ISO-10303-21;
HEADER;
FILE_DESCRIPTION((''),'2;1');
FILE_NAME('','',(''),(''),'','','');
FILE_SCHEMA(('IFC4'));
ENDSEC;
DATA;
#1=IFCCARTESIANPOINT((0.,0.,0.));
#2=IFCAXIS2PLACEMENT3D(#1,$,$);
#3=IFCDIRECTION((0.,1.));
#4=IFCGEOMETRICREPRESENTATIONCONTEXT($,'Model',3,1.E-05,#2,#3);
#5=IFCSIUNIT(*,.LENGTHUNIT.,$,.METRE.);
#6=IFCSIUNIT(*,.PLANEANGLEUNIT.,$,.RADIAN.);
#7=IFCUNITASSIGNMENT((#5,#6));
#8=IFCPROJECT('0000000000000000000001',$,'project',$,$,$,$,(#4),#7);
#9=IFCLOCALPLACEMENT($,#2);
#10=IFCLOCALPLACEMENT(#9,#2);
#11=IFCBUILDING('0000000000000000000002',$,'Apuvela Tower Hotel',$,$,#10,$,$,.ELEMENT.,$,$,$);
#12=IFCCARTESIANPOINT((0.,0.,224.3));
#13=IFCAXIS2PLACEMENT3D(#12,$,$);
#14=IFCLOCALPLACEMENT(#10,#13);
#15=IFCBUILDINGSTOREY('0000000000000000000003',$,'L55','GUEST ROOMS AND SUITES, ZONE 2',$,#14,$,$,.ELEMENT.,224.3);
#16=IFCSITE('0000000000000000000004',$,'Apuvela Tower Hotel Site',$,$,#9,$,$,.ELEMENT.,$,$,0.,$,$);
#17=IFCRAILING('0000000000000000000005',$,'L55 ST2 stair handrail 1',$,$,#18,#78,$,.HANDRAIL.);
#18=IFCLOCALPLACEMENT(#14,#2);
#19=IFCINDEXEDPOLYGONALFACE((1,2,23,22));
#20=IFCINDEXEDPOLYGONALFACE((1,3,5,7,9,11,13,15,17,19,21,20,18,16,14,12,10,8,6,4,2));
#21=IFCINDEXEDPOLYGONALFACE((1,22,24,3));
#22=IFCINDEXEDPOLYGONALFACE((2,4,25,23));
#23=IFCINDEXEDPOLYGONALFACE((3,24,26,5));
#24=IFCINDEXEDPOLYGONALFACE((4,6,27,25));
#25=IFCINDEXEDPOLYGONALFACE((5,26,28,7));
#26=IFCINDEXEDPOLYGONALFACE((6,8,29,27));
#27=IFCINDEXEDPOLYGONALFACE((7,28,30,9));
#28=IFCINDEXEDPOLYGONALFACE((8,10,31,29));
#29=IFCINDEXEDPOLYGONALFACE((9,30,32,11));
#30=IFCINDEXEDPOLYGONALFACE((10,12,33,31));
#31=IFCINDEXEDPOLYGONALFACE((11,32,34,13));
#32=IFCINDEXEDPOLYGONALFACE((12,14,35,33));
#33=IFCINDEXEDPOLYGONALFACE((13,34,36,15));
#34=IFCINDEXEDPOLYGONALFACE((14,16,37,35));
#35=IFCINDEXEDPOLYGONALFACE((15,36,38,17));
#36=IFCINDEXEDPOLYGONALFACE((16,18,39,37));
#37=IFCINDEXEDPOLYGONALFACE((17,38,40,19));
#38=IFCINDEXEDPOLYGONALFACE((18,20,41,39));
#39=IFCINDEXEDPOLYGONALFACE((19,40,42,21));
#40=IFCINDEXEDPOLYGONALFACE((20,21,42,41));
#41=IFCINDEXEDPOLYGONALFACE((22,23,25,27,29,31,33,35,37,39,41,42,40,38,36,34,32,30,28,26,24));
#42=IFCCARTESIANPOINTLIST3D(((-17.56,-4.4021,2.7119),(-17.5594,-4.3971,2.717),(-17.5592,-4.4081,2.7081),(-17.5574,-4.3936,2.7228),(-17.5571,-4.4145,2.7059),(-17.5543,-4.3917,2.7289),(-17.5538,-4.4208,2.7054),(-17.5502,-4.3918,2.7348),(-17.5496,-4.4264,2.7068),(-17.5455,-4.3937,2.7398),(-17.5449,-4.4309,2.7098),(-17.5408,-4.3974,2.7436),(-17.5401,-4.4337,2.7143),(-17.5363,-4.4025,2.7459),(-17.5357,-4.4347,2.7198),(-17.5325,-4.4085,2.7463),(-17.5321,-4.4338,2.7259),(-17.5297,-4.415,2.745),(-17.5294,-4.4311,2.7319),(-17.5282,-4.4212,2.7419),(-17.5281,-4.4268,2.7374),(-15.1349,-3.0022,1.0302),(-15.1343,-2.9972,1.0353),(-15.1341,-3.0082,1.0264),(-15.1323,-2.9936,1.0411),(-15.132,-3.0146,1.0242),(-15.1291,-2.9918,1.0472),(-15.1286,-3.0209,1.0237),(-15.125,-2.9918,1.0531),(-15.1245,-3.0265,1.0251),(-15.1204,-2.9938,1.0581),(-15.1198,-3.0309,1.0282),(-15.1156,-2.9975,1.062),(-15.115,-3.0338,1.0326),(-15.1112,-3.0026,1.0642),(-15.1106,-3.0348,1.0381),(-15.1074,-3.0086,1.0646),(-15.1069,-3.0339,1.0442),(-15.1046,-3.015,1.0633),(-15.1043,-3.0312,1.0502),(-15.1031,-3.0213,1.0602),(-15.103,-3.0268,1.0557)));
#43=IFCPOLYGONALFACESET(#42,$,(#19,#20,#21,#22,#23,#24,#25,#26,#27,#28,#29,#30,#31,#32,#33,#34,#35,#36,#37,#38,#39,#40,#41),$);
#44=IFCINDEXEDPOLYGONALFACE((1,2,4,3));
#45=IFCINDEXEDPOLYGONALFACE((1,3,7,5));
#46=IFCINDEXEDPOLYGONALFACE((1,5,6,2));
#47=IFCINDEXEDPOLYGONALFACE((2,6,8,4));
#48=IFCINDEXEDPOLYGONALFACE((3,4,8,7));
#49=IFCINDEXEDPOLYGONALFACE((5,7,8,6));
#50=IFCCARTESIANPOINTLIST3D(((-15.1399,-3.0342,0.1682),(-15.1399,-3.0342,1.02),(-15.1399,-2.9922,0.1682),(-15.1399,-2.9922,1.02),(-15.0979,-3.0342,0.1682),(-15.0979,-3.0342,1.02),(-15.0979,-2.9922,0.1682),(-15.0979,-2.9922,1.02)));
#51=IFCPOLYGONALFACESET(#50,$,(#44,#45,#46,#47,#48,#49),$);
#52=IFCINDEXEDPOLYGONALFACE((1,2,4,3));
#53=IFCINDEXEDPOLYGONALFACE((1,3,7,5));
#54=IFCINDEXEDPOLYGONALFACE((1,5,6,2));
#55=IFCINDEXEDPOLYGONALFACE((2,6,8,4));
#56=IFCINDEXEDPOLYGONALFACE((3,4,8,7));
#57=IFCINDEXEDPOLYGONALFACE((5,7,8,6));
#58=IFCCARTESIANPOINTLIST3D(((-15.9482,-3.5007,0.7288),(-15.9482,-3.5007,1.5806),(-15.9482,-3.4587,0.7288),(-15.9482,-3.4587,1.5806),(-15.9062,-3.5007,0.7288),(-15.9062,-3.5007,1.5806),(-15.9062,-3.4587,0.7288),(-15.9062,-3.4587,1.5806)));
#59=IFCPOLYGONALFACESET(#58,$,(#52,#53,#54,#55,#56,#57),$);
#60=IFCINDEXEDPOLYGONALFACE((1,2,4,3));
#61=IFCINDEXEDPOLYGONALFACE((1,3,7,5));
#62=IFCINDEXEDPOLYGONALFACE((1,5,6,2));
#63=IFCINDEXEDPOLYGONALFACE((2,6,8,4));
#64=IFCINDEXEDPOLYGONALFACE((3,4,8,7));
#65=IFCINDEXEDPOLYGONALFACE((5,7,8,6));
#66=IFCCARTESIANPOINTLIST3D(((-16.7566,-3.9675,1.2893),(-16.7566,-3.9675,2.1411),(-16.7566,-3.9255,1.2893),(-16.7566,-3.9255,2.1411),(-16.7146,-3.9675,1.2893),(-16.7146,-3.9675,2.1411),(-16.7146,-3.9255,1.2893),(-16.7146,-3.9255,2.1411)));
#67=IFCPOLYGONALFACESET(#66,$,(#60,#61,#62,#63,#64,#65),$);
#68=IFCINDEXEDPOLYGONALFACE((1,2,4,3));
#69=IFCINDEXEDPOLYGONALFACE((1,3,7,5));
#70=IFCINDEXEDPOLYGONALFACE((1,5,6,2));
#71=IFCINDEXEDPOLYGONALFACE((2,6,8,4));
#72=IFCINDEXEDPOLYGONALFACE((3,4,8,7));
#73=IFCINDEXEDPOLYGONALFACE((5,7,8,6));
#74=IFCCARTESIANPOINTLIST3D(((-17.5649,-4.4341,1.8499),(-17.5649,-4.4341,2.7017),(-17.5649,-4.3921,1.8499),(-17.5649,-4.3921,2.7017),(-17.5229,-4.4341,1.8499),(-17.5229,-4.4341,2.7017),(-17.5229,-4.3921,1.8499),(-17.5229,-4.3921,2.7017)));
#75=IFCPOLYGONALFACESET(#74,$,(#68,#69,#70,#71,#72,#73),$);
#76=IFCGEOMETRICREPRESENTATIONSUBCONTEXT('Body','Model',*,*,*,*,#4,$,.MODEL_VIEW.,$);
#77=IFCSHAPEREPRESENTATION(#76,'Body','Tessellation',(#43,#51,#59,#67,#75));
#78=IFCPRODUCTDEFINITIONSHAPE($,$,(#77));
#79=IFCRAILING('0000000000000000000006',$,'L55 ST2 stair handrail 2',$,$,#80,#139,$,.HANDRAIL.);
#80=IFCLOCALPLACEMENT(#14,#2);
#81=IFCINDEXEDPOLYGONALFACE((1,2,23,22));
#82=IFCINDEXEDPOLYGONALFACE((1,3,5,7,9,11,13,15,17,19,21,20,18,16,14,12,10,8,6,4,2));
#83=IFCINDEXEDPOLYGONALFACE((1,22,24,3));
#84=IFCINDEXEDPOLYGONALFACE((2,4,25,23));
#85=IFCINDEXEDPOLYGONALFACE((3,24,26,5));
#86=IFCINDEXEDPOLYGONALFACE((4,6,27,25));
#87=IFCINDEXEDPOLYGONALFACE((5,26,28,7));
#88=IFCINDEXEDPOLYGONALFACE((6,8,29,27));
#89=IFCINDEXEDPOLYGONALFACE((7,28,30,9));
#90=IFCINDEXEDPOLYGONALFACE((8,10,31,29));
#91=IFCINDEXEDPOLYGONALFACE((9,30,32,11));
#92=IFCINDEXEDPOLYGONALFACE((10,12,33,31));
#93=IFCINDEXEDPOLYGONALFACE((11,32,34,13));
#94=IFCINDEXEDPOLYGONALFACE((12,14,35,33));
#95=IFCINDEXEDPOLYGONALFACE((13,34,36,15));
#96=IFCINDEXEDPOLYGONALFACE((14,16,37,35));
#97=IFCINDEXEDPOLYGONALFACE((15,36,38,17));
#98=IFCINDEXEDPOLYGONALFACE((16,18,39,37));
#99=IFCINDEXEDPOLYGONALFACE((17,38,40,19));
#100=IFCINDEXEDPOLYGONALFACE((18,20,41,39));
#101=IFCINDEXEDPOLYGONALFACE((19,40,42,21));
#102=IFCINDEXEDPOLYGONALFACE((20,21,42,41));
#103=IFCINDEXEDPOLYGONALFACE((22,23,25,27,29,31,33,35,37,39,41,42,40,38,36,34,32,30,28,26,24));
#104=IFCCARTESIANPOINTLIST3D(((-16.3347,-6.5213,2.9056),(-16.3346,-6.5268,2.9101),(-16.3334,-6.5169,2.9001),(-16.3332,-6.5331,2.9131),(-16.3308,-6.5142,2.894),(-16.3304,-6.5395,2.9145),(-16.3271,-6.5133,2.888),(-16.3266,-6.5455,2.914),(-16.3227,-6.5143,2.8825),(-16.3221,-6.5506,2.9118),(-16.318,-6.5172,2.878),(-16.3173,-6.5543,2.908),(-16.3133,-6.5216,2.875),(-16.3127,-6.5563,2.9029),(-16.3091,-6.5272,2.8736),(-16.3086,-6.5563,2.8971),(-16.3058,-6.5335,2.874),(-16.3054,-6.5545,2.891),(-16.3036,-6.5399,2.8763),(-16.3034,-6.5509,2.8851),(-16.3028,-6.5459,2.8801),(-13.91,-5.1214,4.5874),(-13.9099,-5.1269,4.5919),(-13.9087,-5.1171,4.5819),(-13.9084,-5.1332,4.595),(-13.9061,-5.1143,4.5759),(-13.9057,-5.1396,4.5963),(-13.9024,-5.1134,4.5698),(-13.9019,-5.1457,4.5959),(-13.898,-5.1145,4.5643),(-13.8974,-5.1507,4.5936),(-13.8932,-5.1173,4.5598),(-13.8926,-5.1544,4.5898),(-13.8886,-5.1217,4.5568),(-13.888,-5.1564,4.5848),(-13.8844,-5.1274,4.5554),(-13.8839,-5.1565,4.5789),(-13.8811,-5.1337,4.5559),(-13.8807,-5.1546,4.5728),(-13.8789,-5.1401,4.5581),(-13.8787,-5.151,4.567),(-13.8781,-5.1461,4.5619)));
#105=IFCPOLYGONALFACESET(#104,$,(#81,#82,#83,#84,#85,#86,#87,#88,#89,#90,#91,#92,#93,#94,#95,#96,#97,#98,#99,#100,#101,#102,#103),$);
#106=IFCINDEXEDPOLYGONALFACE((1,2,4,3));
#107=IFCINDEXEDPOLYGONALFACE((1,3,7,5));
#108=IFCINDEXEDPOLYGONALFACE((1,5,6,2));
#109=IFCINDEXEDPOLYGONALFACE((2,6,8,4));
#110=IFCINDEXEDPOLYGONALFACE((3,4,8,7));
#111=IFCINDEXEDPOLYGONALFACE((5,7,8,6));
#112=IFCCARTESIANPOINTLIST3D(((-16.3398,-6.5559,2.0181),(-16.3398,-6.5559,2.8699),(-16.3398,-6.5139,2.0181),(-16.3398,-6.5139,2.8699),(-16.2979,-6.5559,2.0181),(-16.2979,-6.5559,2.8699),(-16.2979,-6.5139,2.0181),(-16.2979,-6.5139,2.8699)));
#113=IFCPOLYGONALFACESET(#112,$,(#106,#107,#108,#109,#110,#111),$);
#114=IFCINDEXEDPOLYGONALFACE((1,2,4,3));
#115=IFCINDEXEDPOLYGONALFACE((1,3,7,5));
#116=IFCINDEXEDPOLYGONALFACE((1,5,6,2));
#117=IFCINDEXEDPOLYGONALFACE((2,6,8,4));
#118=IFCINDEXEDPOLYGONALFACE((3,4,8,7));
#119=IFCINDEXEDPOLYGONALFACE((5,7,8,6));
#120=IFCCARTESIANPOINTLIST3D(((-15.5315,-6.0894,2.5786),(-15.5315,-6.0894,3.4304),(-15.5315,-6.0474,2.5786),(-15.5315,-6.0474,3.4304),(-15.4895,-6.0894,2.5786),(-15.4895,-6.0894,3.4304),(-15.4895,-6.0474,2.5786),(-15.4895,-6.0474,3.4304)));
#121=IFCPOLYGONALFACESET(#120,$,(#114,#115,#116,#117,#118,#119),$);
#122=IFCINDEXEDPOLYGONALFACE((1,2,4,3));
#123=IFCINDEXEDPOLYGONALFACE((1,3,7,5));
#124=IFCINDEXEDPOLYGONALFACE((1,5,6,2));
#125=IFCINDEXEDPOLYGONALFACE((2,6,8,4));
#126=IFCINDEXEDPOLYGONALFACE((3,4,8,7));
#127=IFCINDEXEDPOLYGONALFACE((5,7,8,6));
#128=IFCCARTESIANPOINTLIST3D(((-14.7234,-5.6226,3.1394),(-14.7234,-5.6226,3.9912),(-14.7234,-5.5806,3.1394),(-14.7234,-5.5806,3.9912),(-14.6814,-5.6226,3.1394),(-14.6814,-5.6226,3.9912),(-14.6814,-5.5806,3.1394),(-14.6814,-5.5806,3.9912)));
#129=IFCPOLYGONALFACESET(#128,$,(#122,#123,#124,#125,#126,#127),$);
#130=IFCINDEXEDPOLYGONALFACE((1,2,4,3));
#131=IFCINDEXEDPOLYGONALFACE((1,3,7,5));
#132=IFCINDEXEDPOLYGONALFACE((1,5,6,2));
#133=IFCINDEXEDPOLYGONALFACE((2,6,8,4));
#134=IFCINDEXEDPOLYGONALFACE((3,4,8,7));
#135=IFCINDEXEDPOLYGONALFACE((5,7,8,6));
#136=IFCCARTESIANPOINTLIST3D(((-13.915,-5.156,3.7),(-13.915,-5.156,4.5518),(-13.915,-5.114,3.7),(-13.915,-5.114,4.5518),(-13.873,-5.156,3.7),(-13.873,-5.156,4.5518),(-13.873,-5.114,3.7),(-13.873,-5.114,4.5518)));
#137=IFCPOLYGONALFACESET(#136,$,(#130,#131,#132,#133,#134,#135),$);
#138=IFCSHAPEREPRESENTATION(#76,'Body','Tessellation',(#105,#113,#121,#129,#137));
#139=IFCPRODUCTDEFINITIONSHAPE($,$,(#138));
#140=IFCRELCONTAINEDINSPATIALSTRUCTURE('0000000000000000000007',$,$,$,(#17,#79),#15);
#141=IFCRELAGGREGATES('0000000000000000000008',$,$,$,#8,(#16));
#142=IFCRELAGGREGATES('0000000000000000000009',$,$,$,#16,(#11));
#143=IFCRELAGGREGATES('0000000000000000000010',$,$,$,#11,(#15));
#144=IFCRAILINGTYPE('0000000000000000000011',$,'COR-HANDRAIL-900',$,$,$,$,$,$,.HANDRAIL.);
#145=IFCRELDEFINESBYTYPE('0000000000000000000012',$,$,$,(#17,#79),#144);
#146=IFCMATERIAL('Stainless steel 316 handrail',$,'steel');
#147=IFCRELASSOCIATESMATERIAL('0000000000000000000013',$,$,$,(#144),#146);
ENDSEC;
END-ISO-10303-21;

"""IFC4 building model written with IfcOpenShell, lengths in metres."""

from ifc_helpers import new_model, si_unit, direction, frame, origin, origin_2d, place, context, subcontext, project, spatial, rectangle, circle, extrude, material, type_object, element, save


model = new_model("IFC4")

# Units and contexts
model_context = context("Model", 3, precision=1e-05, world=origin(), true_north=direction((0.0, 1.0)))
body_context = subcontext(model_context, "Body", "Model", "MODEL_VIEW")
ifc_project = project(units=[si_unit("LENGTHUNIT", "METRE"), si_unit("PLANEANGLEUNIT", "RADIAN")], contexts=[model_context])

# Site, building, storey
site_placement = place(None, origin())
site = spatial("IfcSite", under=ifc_project, at=site_placement, Name="Apuvela Tower Hotel Site", CompositionType="ELEMENT", RefElevation=0.0)
building_placement = place(site_placement, origin())
building = spatial("IfcBuilding", under=site, at=building_placement, Name="Apuvela Tower Hotel", CompositionType="ELEMENT")
storey_placement = place(building_placement, frame((0.0, 0.0, 224.3)))
storey = spatial("IfcBuildingStorey", under=building, at=storey_placement, Name="L55", Description="GUEST ROOMS AND SUITES, ZONE 2", CompositionType="ELEMENT", Elevation=224.3)

# Railings
ifc_material_1 = material(Name="Stainless steel 316 handrail", Category="steel")
railing_type_1 = type_object("IfcRailingType", Name="COR-HANDRAIL-900", PredefinedType="HANDRAIL", material=ifc_material_1)
railing_1_placement = place(storey_placement, frame((-15.1189, -3.0132, 0.1682)))
element("IfcRailing", 1, at=railing_1_placement, inside=storey, type_object=railing_type_1, Name="L55 ST2 stair handrail 1", PredefinedType="HANDRAIL", context=body_context, shape_type="SweptSolid", body=[
    extrude(circle(Radius=0.0239, at=origin_2d()), frame((0.0, 0.0, 0.876), z_axis=(-0.742453, -0.428594, 0.514851), x_axis=(0.499946, -0.866056, 0.0)), (0.0, 0.0, 1.0), 3.2664),
    extrude(rectangle(XDim=0.042, YDim=0.042, at=origin_2d()), origin(), (0.0, 0.0, 1.0), 0.8518),
    extrude(rectangle(XDim=0.042, YDim=0.042, at=origin_2d()), frame((-0.8083, -0.4666, 0.5605)), (0.0, 0.0, 1.0), 0.8518),
    extrude(rectangle(XDim=0.042, YDim=0.042, at=origin_2d()), frame((-1.6167, -0.9333, 1.1211)), (0.0, 0.0, 1.0), 0.8518),
    extrude(rectangle(XDim=0.042, YDim=0.042, at=origin_2d()), frame((-2.425, -1.3999, 1.6816)), (0.0, 0.0, 1.0), 0.8518),
])
railing_2_placement = place(storey_placement, frame((-16.3188, -6.5349, 2.0181)))
element("IfcRailing", 2, at=railing_2_placement, inside=storey, type_object=railing_type_1, Name="L55 ST2 stair handrail 2", PredefinedType="HANDRAIL", context=body_context, shape_type="SweptSolid", body=[
    extrude(circle(Radius=0.0239, at=origin_2d()), frame((0.0, 0.0, 0.876), z_axis=(0.74239, 0.428601, 0.514934), x_axis=(-0.499984, 0.866035, 0.0)), (0.0, 0.0, 1.0), 3.2661),
    extrude(rectangle(XDim=0.042, YDim=0.042, at=origin_2d()), origin(), (0.0, 0.0, 1.0), 0.8518),
    extrude(rectangle(XDim=0.042, YDim=0.042, at=origin_2d()), frame((0.8083, 0.4666, 0.5605)), (0.0, 0.0, 1.0), 0.8518),
    extrude(rectangle(XDim=0.042, YDim=0.042, at=origin_2d()), frame((1.6165, 0.9333, 1.1213)), (0.0, 0.0, 1.0), 0.8518),
    extrude(rectangle(XDim=0.042, YDim=0.042, at=origin_2d()), frame((2.4248, 1.3999, 1.6819)), (0.0, 0.0, 1.0), 0.8518),
])

save(model, "model.ifc")
